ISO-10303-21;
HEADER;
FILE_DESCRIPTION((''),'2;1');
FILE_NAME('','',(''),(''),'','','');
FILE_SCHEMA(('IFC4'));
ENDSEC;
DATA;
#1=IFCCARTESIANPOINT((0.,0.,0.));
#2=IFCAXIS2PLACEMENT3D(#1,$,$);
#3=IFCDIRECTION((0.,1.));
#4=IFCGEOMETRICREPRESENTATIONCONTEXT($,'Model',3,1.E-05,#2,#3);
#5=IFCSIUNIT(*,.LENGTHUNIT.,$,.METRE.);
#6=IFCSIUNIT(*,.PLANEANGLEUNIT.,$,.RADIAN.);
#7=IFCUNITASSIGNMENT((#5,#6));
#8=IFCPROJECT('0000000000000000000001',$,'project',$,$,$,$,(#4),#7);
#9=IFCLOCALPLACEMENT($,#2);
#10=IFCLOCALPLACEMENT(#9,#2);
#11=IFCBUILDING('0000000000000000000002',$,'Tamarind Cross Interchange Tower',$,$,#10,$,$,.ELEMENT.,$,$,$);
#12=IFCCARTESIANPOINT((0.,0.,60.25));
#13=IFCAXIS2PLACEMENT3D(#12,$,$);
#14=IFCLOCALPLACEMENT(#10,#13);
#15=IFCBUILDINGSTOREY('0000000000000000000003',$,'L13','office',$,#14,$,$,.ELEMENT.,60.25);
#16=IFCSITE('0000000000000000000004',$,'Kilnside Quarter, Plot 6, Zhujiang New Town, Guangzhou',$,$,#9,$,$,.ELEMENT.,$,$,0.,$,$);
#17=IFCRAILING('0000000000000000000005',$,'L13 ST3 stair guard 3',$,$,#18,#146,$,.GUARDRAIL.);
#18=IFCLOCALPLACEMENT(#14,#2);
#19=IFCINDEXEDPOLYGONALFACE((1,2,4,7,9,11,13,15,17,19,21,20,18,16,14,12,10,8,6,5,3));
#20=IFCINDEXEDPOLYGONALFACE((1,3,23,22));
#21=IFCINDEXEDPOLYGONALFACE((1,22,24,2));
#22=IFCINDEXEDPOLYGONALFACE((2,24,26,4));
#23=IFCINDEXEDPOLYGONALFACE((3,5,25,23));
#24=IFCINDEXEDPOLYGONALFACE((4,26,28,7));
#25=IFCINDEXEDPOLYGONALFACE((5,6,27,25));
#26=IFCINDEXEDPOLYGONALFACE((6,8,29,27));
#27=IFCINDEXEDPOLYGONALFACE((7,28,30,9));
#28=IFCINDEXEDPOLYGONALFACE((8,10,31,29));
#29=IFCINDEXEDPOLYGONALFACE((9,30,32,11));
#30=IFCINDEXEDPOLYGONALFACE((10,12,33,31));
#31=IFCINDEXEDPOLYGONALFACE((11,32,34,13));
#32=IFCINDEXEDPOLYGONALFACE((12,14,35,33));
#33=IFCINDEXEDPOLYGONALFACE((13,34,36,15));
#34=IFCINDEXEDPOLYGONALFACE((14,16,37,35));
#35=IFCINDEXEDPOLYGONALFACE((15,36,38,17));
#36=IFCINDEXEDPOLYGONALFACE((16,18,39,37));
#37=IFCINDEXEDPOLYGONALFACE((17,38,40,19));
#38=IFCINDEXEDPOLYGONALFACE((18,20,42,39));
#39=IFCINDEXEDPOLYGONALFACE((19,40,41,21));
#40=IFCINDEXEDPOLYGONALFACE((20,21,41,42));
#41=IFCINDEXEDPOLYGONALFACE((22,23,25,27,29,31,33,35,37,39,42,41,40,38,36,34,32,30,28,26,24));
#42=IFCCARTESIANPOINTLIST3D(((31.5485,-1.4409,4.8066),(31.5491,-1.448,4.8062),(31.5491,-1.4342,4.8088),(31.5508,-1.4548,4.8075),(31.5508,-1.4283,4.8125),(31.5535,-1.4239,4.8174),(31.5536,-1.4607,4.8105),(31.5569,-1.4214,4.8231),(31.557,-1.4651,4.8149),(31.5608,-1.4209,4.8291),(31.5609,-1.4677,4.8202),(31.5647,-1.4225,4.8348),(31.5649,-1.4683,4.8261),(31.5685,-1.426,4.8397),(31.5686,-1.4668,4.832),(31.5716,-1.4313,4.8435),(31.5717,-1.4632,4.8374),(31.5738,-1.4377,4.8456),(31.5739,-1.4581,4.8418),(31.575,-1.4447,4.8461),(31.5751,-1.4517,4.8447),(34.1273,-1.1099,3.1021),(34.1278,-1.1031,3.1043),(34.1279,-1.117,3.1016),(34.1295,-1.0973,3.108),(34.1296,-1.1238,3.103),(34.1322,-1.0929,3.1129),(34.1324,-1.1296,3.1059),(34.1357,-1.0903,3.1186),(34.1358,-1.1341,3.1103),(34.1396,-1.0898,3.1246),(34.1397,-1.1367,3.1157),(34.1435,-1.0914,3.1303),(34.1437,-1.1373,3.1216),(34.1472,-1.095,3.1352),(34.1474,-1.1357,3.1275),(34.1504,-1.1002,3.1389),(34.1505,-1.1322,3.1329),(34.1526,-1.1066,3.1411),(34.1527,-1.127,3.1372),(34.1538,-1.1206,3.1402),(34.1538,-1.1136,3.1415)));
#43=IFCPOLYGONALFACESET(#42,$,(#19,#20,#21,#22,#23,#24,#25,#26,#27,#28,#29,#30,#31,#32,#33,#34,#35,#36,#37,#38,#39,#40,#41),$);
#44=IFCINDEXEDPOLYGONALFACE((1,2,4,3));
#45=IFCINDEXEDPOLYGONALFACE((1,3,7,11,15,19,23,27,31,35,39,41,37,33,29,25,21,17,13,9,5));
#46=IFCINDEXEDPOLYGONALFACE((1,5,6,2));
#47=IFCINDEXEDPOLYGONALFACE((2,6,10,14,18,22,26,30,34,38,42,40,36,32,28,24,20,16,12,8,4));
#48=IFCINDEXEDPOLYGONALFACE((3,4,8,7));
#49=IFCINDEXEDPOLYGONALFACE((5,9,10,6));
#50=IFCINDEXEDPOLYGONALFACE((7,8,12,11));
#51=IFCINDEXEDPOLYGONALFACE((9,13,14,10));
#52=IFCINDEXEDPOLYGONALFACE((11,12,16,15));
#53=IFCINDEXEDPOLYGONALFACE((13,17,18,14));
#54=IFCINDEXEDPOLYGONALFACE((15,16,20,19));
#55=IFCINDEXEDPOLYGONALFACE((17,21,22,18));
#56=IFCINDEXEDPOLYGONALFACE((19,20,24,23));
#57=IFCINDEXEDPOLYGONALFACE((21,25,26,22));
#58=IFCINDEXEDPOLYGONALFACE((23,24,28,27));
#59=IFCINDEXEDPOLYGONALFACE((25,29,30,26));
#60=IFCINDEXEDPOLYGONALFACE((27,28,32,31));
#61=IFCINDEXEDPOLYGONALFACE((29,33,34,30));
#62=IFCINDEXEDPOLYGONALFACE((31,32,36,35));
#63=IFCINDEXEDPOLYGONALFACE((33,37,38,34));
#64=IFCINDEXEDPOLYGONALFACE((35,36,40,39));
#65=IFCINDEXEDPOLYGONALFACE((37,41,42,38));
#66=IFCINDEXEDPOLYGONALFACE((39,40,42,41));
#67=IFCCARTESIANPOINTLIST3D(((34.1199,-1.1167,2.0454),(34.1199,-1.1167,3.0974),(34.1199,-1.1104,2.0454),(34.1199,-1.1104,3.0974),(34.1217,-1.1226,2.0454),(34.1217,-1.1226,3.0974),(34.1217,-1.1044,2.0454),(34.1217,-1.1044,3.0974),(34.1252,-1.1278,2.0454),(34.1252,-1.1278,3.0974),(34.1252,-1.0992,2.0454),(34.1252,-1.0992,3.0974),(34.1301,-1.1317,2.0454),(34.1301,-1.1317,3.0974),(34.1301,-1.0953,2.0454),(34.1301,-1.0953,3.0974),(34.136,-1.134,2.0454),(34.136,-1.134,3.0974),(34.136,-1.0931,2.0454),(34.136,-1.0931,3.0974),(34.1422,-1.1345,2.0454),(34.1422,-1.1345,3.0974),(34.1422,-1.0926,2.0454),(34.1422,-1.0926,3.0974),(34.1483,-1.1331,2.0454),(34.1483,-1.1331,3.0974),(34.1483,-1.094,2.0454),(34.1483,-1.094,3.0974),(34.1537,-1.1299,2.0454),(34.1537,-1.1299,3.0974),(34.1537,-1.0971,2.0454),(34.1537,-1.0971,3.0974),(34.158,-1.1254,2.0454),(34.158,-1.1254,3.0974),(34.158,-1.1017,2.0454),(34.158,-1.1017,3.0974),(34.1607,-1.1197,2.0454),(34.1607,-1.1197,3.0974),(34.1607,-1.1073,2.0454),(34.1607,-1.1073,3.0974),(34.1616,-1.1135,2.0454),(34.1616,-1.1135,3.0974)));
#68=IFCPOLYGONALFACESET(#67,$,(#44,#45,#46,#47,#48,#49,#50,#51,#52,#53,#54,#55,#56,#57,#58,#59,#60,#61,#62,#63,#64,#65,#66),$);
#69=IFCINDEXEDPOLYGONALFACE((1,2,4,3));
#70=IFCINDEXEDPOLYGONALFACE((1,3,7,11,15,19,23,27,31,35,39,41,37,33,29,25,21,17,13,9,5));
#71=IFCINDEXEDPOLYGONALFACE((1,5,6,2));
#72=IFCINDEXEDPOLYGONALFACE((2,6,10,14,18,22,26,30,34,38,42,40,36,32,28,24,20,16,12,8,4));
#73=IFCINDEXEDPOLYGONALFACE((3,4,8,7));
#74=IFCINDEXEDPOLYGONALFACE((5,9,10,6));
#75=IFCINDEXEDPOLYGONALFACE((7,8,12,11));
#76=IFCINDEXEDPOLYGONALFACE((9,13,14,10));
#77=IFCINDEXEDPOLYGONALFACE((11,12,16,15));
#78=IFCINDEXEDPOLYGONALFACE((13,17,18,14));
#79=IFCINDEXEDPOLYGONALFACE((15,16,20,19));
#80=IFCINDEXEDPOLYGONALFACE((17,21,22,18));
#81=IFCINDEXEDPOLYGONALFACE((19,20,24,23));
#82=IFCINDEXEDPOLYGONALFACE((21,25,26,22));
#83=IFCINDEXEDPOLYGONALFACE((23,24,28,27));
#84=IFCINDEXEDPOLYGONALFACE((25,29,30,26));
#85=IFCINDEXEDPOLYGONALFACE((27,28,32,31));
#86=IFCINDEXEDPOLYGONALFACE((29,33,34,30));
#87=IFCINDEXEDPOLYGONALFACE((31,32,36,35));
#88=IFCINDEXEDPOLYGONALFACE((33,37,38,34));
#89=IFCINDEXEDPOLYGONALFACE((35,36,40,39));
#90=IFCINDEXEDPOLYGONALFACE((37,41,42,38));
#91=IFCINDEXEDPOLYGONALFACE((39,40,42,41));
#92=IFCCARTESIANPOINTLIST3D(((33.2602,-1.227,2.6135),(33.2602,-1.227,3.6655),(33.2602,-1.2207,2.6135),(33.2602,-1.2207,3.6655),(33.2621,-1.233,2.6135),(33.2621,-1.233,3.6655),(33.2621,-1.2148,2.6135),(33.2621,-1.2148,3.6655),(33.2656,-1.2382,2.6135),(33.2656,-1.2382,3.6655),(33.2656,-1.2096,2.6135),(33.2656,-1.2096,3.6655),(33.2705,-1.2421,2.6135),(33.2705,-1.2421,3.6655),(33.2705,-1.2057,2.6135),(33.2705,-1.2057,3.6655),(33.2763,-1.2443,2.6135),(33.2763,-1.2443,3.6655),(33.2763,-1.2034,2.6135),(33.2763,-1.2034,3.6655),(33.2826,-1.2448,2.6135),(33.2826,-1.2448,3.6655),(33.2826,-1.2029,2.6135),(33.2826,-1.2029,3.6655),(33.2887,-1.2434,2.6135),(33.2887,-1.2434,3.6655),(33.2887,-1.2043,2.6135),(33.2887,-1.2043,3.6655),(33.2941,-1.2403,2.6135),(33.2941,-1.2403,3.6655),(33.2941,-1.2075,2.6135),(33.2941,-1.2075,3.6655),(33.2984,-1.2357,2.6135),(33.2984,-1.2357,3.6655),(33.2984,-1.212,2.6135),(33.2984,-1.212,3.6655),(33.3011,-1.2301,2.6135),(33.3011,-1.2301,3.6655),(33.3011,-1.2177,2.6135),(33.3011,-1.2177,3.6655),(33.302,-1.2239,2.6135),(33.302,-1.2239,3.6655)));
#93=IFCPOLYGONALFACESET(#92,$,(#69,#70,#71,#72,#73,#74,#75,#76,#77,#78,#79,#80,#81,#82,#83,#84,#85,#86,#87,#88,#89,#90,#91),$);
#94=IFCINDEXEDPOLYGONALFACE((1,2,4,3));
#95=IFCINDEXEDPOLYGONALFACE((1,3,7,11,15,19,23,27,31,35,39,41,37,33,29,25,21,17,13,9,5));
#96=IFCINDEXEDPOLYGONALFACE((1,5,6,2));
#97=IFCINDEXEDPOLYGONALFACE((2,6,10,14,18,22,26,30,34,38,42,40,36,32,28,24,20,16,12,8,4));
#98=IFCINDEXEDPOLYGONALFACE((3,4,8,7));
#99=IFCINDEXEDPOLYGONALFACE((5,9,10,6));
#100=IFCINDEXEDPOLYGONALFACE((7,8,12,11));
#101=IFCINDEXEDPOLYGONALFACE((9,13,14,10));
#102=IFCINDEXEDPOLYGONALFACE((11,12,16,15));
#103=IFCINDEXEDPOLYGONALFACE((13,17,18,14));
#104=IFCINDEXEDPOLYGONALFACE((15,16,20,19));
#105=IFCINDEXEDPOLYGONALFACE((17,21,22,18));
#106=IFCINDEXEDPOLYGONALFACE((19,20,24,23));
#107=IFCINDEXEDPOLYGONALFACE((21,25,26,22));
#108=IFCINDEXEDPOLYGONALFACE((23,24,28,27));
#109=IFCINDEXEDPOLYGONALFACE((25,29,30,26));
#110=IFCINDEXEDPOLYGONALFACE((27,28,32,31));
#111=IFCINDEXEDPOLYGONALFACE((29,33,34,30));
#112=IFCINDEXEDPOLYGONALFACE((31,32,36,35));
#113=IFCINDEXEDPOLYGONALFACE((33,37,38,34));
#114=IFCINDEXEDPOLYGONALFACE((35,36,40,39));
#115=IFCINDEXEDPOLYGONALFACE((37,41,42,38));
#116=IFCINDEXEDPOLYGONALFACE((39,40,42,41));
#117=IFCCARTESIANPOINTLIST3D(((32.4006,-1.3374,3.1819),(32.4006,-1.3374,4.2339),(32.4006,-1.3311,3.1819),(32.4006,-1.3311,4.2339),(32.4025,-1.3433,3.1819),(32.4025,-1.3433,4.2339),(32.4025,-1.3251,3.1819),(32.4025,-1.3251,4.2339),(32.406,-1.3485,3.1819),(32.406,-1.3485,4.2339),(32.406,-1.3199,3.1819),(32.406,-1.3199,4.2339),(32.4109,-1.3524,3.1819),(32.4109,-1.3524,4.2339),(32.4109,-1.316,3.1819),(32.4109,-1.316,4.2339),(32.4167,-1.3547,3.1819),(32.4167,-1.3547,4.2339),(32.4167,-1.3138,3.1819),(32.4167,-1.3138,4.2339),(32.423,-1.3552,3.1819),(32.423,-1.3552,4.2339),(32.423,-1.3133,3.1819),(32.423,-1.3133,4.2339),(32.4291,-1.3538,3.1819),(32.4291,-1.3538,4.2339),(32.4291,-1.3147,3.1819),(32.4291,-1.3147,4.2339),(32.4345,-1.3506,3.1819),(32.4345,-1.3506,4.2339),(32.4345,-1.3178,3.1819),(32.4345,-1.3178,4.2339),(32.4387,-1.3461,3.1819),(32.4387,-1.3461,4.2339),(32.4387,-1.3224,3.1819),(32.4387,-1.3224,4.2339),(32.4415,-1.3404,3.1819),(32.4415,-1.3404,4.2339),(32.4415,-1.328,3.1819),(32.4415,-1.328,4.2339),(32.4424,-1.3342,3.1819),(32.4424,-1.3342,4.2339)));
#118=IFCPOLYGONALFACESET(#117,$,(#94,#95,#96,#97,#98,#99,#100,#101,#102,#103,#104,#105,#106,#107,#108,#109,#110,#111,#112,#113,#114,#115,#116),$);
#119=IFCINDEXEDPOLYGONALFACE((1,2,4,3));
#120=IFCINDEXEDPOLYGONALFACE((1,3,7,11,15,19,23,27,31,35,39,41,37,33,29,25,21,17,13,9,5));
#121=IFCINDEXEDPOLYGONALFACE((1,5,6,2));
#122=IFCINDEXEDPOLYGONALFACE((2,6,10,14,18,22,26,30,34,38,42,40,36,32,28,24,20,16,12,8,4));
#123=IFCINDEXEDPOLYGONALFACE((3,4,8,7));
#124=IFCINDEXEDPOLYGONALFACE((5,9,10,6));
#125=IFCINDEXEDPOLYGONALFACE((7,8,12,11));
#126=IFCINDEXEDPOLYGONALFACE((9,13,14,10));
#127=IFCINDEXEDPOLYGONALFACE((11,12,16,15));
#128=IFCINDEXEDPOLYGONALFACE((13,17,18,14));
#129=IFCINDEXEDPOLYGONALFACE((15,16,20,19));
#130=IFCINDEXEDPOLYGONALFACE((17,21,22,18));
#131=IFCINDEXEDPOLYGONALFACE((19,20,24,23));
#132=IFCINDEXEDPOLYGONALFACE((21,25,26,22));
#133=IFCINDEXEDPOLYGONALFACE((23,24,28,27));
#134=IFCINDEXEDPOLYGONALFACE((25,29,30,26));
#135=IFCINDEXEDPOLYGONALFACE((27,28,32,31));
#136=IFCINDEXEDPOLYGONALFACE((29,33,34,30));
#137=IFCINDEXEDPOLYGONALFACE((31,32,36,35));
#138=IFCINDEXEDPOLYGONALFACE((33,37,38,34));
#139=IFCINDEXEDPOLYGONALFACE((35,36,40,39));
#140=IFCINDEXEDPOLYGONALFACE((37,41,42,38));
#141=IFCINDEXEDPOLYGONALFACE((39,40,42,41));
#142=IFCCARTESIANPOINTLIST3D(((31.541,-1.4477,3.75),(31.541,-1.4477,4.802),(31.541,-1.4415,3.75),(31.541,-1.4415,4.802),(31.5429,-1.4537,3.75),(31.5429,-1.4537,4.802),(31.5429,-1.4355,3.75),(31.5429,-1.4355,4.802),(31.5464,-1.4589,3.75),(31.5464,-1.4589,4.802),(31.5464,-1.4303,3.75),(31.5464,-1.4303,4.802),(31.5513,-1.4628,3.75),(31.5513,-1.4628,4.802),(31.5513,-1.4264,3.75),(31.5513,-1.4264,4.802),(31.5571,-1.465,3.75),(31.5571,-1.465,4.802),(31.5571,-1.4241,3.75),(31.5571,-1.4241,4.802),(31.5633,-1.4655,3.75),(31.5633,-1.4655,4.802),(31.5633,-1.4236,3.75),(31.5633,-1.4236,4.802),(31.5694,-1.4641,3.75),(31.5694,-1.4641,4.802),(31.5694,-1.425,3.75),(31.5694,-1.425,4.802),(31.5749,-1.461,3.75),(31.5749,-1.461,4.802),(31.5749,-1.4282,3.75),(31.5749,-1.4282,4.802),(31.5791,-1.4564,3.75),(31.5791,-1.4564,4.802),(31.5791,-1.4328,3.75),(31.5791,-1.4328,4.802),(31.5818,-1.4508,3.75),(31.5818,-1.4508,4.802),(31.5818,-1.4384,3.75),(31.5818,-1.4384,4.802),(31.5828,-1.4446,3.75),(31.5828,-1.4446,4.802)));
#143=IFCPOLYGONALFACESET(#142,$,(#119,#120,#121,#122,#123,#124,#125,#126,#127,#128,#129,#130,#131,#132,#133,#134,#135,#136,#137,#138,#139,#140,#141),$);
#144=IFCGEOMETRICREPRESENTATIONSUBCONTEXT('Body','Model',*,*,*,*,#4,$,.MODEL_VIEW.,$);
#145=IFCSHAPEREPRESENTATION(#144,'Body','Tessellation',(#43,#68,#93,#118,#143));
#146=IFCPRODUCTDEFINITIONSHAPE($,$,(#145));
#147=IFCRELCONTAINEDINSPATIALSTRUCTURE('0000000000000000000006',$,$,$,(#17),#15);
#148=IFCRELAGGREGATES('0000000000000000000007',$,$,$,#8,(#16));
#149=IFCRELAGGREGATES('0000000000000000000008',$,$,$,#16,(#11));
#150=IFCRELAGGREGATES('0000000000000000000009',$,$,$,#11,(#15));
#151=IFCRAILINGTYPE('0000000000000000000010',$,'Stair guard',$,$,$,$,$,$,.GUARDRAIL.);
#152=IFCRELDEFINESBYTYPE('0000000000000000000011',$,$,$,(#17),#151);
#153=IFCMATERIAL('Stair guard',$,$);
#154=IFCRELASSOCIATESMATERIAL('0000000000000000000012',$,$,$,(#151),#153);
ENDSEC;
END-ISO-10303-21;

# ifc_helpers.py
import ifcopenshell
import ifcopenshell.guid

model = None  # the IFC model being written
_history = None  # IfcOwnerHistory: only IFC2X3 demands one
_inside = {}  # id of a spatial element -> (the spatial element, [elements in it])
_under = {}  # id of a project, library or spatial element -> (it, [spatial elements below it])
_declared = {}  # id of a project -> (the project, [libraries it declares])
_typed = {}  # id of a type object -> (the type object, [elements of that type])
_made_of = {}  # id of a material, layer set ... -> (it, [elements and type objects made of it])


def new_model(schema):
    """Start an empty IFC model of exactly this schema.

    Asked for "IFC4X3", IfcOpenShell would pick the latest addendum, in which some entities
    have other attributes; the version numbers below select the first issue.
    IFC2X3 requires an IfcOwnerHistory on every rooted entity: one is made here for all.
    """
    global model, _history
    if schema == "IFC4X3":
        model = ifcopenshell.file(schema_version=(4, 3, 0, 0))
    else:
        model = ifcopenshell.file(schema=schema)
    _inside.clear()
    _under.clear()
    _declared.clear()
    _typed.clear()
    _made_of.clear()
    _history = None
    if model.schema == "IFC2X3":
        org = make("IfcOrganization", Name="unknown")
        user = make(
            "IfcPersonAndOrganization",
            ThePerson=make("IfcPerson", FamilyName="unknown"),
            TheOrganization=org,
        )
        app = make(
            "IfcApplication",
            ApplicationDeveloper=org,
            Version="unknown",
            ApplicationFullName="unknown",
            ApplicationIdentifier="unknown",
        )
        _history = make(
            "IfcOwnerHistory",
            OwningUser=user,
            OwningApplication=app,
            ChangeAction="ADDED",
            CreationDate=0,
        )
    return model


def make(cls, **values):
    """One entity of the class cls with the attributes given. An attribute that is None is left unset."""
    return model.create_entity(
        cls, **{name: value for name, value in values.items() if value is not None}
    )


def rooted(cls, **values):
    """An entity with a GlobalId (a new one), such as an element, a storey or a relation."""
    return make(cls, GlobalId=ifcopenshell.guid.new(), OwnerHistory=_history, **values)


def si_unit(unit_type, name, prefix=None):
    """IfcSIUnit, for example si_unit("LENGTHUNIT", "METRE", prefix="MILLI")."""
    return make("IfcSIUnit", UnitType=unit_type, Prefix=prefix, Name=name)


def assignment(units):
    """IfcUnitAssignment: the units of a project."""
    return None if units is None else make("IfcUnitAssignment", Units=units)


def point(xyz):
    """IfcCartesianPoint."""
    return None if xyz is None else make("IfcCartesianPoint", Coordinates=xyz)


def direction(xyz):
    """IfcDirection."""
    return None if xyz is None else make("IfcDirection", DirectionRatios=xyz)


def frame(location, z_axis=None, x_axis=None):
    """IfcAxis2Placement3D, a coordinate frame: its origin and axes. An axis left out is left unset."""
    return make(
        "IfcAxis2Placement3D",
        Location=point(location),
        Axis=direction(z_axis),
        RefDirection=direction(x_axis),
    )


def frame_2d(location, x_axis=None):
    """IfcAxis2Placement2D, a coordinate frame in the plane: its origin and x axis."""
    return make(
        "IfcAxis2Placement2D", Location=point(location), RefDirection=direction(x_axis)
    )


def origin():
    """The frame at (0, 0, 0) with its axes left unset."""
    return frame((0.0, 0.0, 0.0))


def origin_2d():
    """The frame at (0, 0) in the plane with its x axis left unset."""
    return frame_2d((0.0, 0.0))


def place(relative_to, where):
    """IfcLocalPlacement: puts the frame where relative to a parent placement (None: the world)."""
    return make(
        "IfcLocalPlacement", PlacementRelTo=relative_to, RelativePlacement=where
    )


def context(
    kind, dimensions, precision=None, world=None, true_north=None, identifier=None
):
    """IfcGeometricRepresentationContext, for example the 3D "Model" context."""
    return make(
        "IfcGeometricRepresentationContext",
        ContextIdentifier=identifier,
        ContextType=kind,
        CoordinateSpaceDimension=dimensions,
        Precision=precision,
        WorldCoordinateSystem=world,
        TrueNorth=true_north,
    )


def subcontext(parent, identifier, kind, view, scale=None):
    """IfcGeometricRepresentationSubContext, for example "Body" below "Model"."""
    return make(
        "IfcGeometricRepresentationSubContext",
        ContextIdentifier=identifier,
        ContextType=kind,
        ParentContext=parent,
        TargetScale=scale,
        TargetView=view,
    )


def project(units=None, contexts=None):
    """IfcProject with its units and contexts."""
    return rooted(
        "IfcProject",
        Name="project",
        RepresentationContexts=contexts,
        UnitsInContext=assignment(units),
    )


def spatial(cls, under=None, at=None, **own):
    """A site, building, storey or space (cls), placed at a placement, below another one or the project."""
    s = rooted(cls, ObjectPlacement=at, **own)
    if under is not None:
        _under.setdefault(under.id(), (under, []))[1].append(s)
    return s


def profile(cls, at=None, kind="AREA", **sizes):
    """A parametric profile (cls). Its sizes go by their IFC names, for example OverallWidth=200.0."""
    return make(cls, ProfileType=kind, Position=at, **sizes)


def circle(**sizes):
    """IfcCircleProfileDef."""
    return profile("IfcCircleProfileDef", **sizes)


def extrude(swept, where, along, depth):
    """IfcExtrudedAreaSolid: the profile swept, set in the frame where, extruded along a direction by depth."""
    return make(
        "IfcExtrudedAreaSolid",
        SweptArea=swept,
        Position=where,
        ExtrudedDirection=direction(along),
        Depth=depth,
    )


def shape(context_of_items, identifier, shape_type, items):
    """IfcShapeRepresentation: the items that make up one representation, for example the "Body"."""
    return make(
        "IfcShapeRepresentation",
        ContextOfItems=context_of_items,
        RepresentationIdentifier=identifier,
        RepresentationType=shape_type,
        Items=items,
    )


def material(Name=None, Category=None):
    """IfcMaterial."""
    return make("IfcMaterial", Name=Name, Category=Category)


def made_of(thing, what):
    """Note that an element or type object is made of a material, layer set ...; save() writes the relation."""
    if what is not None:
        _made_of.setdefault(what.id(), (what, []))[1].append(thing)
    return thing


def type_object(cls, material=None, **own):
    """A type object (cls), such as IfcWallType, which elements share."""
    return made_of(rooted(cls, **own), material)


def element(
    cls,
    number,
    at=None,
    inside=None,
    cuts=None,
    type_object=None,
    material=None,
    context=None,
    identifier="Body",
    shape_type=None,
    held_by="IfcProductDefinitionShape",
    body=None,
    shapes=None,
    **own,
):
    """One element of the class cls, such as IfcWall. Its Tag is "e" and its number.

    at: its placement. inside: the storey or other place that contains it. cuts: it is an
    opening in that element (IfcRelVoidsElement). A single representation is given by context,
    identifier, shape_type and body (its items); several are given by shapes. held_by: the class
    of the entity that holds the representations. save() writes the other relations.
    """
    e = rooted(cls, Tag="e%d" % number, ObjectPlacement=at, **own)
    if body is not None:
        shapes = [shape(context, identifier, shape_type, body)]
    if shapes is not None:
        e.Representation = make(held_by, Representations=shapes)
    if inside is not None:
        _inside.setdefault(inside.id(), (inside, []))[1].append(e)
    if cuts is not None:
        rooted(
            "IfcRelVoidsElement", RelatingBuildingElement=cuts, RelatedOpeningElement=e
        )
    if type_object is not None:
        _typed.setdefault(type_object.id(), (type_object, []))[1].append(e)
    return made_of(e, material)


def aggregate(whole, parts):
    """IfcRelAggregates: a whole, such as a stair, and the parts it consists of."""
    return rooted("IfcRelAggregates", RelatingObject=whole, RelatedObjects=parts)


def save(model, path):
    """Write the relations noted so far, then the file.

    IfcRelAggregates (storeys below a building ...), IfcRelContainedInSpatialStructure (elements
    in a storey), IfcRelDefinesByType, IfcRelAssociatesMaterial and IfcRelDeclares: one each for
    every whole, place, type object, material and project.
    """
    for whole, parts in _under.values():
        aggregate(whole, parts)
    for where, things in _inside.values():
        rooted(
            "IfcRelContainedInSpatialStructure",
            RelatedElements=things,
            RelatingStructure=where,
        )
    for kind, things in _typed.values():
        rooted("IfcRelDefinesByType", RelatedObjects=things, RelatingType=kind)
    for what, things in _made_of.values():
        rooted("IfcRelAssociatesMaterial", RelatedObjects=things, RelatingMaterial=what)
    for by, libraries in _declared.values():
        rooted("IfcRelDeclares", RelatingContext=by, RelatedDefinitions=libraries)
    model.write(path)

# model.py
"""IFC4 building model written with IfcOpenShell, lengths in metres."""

from ifc_helpers import new_model, si_unit, direction, frame, origin, origin_2d, place, context, subcontext, project, spatial, circle, extrude, material, type_object, element, save


model = new_model("IFC4")

# Units and contexts
model_context = context("Model", 3, precision=1e-05, world=origin(), true_north=direction((0.0, 1.0)))
body_context = subcontext(model_context, "Body", "Model", "MODEL_VIEW")
ifc_project = project(units=[si_unit("LENGTHUNIT", "METRE"), si_unit("PLANEANGLEUNIT", "RADIAN")], contexts=[model_context])

# Site, building, storey
site_placement = place(None, origin())
site = spatial("IfcSite", under=ifc_project, at=site_placement, Name="Kilnside Quarter, Plot 6, Zhujiang New Town, Guangzhou", CompositionType="ELEMENT", RefElevation=0.0)
building_placement = place(site_placement, origin())
building = spatial("IfcBuilding", under=site, at=building_placement, Name="Tamarind Cross Interchange Tower", CompositionType="ELEMENT")
storey_placement = place(building_placement, frame((0.0, 0.0, 60.25)))
storey = spatial("IfcBuildingStorey", under=building, at=storey_placement, Name="L13", Description="office", CompositionType="ELEMENT", Elevation=60.25)

# Railing
ifc_material_1 = material(Name="Stair guard")
railing_type_1 = type_object("IfcRailingType", Name="Stair guard", PredefinedType="GUARDRAIL", material=ifc_material_1)
railing_1_placement = place(storey_placement, frame((34.1406, -1.1135, 2.0454)))
element("IfcRailing", 1, at=railing_1_placement, inside=storey, type_object=railing_type_1, Name="L13 ST3 stair guard 3", PredefinedType="GUARDRAIL", context=body_context, shape_type="SweptSolid", body=[
    extrude(circle(Radius=0.0239, at=origin_2d()), frame((0.0, 0.0, 1.0762), z_axis=(-0.829488, -0.106484, 0.54828), x_axis=(0.127328, -0.991861, 0.0)), (0.0, 0.0, 1.0), 3.1089),
    extrude(circle(Radius=0.021, at=origin_2d()), origin(), (0.0, 0.0, 1.0), 1.052),
    extrude(circle(Radius=0.021, at=origin_2d()), frame((-0.8596, -0.1104, 0.5681)), (0.0, 0.0, 1.0), 1.052),
    extrude(circle(Radius=0.021, at=origin_2d()), frame((-1.7192, -0.2207, 1.1365)), (0.0, 0.0, 1.0), 1.052),
    extrude(circle(Radius=0.021, at=origin_2d()), frame((-2.5789, -0.3311, 1.7046)), (0.0, 0.0, 1.0), 1.052),
])

save(model, "model.ifc")
